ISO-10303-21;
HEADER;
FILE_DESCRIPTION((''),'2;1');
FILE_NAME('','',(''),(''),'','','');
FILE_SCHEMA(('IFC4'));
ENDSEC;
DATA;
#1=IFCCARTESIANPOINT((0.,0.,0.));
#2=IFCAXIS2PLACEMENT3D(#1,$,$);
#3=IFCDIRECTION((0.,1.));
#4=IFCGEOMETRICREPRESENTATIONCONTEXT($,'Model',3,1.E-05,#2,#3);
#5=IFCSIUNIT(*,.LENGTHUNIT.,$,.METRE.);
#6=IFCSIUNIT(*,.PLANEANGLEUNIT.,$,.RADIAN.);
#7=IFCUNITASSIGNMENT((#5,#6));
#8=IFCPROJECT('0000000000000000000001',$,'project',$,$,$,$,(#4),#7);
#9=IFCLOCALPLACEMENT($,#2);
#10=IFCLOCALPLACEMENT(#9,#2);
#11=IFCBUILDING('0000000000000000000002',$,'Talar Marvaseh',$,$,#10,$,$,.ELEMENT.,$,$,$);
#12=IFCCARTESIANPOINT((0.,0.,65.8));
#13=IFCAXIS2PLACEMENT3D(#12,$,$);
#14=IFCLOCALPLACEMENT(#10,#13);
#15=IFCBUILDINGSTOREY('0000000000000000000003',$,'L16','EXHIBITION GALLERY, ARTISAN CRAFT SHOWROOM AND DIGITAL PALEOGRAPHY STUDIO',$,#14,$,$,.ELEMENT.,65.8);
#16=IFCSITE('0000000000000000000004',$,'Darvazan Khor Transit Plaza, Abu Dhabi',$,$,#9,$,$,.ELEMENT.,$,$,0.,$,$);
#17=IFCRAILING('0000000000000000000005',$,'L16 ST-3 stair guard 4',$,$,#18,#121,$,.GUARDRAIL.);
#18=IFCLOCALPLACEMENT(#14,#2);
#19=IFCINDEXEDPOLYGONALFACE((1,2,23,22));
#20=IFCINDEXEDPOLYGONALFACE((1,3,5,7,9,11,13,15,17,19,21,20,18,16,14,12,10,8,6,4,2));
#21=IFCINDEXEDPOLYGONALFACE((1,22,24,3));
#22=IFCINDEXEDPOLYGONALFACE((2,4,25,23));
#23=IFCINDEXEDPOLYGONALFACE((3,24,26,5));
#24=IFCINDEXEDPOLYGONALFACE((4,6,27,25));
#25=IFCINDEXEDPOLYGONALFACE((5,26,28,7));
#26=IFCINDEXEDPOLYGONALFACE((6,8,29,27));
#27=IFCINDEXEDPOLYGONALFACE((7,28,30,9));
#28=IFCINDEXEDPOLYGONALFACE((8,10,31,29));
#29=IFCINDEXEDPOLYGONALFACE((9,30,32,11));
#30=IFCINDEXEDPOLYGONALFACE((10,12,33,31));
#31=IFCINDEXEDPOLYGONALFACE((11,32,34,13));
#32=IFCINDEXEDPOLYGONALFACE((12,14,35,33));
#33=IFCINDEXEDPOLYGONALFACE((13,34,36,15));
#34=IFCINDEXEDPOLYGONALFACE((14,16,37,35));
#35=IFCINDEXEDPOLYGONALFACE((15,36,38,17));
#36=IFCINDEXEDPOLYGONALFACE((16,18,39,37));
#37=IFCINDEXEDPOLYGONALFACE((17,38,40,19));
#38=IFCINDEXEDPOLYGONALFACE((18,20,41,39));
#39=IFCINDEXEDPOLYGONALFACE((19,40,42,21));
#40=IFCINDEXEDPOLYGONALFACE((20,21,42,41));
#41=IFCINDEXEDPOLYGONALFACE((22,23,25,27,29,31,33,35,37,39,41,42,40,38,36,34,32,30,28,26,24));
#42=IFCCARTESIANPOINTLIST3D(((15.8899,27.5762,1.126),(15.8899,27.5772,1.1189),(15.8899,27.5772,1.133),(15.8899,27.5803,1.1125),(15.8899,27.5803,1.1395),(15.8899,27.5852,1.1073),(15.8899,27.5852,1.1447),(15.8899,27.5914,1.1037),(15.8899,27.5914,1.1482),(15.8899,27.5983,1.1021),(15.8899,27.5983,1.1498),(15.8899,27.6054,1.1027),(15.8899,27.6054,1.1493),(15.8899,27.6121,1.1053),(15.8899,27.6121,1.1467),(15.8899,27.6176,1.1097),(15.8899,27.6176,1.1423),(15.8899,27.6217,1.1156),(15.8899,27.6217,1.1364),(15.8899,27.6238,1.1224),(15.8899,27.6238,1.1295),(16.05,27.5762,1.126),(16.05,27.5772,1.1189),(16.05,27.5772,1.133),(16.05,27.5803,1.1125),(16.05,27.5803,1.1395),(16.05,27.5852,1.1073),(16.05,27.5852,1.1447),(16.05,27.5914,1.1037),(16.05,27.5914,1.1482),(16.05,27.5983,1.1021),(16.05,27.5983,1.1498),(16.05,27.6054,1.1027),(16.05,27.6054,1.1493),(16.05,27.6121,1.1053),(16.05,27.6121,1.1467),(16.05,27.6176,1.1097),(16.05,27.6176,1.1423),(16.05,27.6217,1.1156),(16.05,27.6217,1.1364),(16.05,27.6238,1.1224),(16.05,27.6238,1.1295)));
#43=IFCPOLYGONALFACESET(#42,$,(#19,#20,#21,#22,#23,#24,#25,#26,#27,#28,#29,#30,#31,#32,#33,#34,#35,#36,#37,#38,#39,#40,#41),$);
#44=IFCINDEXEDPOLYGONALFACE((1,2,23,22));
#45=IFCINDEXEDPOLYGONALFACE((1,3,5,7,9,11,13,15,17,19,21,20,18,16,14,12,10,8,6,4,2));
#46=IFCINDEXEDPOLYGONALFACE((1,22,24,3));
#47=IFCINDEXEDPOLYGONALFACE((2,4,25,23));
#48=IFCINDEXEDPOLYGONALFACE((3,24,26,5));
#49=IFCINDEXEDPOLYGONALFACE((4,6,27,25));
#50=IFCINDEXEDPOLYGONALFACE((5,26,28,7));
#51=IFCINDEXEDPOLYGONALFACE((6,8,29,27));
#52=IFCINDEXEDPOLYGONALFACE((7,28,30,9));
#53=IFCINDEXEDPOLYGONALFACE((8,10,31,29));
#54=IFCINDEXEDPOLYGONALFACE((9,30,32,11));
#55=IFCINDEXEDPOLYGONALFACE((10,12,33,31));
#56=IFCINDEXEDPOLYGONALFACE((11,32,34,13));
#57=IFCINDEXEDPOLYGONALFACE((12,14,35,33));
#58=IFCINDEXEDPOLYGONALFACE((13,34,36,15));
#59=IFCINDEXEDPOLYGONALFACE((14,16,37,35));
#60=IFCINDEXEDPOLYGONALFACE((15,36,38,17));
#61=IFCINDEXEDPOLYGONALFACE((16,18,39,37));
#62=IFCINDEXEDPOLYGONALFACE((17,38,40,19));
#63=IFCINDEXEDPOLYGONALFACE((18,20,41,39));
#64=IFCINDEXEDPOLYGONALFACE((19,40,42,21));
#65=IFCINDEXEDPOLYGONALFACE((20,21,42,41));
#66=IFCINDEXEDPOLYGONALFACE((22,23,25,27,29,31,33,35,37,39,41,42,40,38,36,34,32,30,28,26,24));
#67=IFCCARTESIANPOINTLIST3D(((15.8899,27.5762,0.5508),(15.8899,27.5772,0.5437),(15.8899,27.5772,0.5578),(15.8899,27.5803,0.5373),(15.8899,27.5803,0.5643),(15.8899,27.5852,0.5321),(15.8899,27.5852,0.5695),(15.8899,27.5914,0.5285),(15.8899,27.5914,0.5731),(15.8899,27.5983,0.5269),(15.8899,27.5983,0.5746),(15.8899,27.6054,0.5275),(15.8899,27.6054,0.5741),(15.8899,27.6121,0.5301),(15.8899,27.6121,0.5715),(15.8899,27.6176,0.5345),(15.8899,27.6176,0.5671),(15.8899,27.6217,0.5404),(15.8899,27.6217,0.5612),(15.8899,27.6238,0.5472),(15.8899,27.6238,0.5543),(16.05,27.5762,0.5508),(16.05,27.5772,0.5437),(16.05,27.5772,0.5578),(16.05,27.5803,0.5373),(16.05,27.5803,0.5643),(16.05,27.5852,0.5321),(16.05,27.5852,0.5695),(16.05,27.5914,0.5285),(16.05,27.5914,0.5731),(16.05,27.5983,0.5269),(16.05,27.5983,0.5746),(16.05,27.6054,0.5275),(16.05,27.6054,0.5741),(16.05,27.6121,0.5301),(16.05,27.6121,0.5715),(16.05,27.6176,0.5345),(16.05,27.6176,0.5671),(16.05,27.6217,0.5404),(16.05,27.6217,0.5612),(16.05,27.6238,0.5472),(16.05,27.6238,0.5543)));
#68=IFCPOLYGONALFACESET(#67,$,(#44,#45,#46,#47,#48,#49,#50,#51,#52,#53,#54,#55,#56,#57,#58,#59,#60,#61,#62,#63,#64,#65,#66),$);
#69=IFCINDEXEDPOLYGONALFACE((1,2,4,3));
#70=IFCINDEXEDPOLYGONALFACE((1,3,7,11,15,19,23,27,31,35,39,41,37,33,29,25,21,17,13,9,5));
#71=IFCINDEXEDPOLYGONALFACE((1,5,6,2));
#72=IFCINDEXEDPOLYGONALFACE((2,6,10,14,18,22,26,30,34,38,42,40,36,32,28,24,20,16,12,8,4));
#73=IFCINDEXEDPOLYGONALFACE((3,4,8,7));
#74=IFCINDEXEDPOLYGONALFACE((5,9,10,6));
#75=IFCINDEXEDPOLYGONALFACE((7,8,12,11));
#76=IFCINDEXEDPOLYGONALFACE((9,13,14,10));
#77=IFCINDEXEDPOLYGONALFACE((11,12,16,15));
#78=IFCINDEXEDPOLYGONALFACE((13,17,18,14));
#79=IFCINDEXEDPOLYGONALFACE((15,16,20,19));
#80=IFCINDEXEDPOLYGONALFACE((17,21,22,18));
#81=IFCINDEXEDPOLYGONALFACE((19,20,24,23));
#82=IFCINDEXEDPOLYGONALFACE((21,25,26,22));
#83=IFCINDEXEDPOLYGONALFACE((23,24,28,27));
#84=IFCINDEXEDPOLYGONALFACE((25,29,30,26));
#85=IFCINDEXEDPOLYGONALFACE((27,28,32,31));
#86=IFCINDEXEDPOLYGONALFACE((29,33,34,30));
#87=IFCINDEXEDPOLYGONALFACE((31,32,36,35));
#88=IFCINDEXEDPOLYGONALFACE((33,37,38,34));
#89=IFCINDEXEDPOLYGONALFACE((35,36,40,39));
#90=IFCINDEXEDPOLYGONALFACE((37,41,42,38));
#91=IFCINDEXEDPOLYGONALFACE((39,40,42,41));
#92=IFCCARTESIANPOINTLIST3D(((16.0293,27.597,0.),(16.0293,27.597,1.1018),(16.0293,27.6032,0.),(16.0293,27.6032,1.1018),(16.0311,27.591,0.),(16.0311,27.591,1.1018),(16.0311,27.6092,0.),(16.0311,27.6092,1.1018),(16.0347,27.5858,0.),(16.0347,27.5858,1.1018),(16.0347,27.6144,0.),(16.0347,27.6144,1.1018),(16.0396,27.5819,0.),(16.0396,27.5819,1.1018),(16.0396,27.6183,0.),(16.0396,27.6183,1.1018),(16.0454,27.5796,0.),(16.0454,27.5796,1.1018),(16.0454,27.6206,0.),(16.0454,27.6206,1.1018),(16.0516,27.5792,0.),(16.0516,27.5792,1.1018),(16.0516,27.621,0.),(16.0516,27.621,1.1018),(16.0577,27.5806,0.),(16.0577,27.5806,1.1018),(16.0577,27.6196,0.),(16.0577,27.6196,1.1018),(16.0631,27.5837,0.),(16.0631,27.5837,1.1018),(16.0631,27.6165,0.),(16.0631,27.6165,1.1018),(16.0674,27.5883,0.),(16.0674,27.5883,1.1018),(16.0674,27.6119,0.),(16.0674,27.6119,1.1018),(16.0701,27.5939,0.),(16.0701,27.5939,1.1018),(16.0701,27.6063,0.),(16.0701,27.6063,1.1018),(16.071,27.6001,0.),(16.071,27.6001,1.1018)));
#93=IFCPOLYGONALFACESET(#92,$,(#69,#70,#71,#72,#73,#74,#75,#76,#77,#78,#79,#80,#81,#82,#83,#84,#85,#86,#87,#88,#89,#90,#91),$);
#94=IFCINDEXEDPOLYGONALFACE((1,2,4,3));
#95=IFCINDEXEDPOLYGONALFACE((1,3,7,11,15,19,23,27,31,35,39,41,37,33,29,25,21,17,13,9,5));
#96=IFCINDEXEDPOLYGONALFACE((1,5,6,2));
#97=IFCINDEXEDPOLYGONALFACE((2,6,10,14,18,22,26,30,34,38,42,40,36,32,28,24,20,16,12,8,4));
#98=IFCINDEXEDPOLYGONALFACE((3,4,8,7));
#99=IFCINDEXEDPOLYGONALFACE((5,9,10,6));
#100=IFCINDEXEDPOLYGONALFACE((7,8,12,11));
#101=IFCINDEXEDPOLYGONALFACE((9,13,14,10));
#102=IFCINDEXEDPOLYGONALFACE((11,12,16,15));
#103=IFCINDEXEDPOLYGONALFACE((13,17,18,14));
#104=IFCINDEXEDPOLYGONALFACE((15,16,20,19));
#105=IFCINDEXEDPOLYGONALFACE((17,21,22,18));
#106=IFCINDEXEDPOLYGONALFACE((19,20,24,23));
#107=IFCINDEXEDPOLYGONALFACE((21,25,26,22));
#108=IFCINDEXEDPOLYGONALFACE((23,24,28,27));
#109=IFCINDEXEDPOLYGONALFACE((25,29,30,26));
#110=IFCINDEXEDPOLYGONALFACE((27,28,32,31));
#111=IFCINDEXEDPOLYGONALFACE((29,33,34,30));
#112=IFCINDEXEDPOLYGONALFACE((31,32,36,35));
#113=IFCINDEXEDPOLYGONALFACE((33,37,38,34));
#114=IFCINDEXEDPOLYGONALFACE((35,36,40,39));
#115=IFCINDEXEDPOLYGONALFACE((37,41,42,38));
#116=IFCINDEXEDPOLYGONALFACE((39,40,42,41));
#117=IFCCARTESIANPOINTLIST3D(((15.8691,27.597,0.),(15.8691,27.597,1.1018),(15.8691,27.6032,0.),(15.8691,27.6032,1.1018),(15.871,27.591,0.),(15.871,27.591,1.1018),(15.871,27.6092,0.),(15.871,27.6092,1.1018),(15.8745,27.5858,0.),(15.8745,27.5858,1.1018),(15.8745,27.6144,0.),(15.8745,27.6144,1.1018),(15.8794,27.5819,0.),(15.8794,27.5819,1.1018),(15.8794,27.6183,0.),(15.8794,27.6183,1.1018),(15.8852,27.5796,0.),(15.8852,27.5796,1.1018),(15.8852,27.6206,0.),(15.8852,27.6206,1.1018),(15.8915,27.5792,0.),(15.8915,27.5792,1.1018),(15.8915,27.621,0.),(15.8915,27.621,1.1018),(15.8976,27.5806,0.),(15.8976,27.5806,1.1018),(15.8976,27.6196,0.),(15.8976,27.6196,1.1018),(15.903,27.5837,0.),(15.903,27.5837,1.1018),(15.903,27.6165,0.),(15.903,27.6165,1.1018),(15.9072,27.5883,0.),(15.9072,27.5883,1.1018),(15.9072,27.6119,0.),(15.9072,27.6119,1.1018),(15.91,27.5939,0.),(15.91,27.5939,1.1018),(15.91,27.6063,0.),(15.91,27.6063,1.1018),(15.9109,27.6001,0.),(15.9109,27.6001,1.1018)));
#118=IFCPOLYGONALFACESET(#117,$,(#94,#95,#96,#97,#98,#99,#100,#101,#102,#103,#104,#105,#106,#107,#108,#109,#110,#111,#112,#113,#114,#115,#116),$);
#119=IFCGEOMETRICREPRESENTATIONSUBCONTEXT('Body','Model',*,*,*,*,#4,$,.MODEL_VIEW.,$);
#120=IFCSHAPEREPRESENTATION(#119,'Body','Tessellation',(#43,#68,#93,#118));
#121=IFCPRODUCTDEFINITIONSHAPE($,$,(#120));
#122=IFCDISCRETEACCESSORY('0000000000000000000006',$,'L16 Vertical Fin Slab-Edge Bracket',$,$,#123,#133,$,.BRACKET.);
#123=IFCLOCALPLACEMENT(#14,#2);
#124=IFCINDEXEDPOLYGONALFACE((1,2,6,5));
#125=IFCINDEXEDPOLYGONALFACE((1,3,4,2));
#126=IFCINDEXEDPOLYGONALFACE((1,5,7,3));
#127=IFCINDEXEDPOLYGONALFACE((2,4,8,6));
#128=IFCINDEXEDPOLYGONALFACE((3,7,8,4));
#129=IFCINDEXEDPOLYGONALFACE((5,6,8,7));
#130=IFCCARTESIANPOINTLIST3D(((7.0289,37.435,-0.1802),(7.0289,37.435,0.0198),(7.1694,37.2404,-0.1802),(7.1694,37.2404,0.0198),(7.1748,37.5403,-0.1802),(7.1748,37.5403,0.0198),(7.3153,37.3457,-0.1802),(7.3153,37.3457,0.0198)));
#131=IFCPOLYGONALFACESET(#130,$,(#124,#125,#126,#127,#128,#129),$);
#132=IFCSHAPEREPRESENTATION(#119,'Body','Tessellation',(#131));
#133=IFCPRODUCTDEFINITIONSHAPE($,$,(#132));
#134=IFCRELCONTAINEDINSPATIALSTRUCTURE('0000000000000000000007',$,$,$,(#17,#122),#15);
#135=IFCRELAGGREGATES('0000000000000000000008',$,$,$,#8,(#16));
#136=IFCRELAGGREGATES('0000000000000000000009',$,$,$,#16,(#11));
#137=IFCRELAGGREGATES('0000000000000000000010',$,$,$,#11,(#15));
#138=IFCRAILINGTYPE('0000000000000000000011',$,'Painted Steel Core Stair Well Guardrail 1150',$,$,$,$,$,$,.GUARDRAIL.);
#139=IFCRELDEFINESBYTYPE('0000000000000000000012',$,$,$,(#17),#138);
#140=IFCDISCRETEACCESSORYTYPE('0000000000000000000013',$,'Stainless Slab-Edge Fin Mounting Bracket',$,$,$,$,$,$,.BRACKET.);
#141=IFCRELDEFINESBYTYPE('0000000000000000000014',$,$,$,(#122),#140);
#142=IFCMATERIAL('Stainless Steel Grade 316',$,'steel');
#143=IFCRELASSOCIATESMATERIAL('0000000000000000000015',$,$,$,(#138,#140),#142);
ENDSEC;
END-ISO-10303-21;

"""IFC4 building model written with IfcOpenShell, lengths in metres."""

from ifc_helpers import new_model, si_unit, direction, frame, origin, origin_2d, place, context, subcontext, project, spatial, rectangle, circle, extrude, source, transform, mapped, material, type_object, type_shapes, element, save


model = new_model("IFC4")

# Units and contexts
model_context = context("Model", 3, precision=1e-05, world=origin(), true_north=direction((0.0, 1.0)))
body_context = subcontext(model_context, "Body", "Model", "MODEL_VIEW")
ifc_project = project(units=[si_unit("LENGTHUNIT", "METRE"), si_unit("PLANEANGLEUNIT", "RADIAN")], contexts=[model_context])

# Site, building, storey
site_placement = place(None, origin())
site = spatial("IfcSite", under=ifc_project, at=site_placement, Name="Darvazan Khor Transit Plaza, Abu Dhabi", CompositionType="ELEMENT", RefElevation=0.0)
building_placement = place(site_placement, origin())
building = spatial("IfcBuilding", under=site, at=building_placement, Name="Talar Marvaseh", CompositionType="ELEMENT")
storey_placement = place(building_placement, frame((0.0, 0.0, 65.8)))
storey = spatial("IfcBuildingStorey", under=building, at=storey_placement, Name="L16", Description="EXHIBITION GALLERY, ARTISAN CRAFT SHOWROOM AND DIGITAL PALEOGRAPHY STUDIO", CompositionType="ELEMENT", Elevation=65.8)

# Railing
ifc_material_1 = material(Name="Stainless Steel Grade 316", Category="steel")
railing_type_1 = type_object("IfcRailingType", Name="Painted Steel Core Stair Well Guardrail 1150", PredefinedType="GUARDRAIL", material=ifc_material_1)
railing_1_placement = place(storey_placement, frame((16.05, 27.6001, 0.0)))
element("IfcRailing", 1, at=railing_1_placement, inside=storey, type_object=railing_type_1, Name="L16 ST-3 stair guard 4", PredefinedType="GUARDRAIL", context=body_context, shape_type="SweptSolid", body=[
    extrude(circle(Radius=0.0239, at=origin_2d()), frame((0.0, 0.0, 1.126), z_axis=(-1.0, 0.0, 0.0), x_axis=(0.0, -1.0, 0.0)), (0.0, 0.0, 1.0), 0.1602),
    extrude(circle(Radius=0.0239, at=origin_2d()), frame((0.0, 0.0, 0.5508), z_axis=(-1.0, 0.0, 0.0), x_axis=(0.0, -1.0, 0.0)), (0.0, 0.0, 1.0), 0.1602),
    extrude(circle(Radius=0.021, at=origin_2d()), origin(), (0.0, 0.0, 1.0), 1.1018),
    extrude(circle(Radius=0.021, at=origin_2d()), frame((-0.1602, 0.0, 0.0)), (0.0, 0.0, 1.0), 1.1018),
])

# Discrete accessory
discrete_accessory_type = type_object("IfcDiscreteAccessoryType", Name="Stainless Slab-Edge Fin Mounting Bracket", PredefinedType="BRACKET", material=ifc_material_1)
shared_shape_1 = source(origin(), body_context, "Body", "SweptSolid", [
    extrude(rectangle(XDim=0.24, YDim=0.1799, at=origin_2d()), origin(), (0.0, 0.0, 1.0), 0.2),
])
type_shapes(discrete_accessory_type, [shared_shape_1])
discrete_accessory_placement = place(storey_placement, frame((7.1721, 37.3904, -0.1802), z_axis=(0.0, 0.0, 1.0), x_axis=(-0.585241, 0.81086, 0.0)))
element("IfcDiscreteAccessory", 2, at=discrete_accessory_placement, inside=storey, type_object=discrete_accessory_type, Name="L16 Vertical Fin Slab-Edge Bracket", PredefinedType="BRACKET", context=body_context, shape_type="MappedRepresentation", body=[
    mapped(shared_shape_1, transform((0.0, 0.0, 0.0), x_axis=(1.0, 0.0, 0.0), y_axis=(0.0, 1.0, 0.0), z_axis=(0.0, 0.0, 1.0), scale=1.0)),
])

save(model, "model.ifc")
